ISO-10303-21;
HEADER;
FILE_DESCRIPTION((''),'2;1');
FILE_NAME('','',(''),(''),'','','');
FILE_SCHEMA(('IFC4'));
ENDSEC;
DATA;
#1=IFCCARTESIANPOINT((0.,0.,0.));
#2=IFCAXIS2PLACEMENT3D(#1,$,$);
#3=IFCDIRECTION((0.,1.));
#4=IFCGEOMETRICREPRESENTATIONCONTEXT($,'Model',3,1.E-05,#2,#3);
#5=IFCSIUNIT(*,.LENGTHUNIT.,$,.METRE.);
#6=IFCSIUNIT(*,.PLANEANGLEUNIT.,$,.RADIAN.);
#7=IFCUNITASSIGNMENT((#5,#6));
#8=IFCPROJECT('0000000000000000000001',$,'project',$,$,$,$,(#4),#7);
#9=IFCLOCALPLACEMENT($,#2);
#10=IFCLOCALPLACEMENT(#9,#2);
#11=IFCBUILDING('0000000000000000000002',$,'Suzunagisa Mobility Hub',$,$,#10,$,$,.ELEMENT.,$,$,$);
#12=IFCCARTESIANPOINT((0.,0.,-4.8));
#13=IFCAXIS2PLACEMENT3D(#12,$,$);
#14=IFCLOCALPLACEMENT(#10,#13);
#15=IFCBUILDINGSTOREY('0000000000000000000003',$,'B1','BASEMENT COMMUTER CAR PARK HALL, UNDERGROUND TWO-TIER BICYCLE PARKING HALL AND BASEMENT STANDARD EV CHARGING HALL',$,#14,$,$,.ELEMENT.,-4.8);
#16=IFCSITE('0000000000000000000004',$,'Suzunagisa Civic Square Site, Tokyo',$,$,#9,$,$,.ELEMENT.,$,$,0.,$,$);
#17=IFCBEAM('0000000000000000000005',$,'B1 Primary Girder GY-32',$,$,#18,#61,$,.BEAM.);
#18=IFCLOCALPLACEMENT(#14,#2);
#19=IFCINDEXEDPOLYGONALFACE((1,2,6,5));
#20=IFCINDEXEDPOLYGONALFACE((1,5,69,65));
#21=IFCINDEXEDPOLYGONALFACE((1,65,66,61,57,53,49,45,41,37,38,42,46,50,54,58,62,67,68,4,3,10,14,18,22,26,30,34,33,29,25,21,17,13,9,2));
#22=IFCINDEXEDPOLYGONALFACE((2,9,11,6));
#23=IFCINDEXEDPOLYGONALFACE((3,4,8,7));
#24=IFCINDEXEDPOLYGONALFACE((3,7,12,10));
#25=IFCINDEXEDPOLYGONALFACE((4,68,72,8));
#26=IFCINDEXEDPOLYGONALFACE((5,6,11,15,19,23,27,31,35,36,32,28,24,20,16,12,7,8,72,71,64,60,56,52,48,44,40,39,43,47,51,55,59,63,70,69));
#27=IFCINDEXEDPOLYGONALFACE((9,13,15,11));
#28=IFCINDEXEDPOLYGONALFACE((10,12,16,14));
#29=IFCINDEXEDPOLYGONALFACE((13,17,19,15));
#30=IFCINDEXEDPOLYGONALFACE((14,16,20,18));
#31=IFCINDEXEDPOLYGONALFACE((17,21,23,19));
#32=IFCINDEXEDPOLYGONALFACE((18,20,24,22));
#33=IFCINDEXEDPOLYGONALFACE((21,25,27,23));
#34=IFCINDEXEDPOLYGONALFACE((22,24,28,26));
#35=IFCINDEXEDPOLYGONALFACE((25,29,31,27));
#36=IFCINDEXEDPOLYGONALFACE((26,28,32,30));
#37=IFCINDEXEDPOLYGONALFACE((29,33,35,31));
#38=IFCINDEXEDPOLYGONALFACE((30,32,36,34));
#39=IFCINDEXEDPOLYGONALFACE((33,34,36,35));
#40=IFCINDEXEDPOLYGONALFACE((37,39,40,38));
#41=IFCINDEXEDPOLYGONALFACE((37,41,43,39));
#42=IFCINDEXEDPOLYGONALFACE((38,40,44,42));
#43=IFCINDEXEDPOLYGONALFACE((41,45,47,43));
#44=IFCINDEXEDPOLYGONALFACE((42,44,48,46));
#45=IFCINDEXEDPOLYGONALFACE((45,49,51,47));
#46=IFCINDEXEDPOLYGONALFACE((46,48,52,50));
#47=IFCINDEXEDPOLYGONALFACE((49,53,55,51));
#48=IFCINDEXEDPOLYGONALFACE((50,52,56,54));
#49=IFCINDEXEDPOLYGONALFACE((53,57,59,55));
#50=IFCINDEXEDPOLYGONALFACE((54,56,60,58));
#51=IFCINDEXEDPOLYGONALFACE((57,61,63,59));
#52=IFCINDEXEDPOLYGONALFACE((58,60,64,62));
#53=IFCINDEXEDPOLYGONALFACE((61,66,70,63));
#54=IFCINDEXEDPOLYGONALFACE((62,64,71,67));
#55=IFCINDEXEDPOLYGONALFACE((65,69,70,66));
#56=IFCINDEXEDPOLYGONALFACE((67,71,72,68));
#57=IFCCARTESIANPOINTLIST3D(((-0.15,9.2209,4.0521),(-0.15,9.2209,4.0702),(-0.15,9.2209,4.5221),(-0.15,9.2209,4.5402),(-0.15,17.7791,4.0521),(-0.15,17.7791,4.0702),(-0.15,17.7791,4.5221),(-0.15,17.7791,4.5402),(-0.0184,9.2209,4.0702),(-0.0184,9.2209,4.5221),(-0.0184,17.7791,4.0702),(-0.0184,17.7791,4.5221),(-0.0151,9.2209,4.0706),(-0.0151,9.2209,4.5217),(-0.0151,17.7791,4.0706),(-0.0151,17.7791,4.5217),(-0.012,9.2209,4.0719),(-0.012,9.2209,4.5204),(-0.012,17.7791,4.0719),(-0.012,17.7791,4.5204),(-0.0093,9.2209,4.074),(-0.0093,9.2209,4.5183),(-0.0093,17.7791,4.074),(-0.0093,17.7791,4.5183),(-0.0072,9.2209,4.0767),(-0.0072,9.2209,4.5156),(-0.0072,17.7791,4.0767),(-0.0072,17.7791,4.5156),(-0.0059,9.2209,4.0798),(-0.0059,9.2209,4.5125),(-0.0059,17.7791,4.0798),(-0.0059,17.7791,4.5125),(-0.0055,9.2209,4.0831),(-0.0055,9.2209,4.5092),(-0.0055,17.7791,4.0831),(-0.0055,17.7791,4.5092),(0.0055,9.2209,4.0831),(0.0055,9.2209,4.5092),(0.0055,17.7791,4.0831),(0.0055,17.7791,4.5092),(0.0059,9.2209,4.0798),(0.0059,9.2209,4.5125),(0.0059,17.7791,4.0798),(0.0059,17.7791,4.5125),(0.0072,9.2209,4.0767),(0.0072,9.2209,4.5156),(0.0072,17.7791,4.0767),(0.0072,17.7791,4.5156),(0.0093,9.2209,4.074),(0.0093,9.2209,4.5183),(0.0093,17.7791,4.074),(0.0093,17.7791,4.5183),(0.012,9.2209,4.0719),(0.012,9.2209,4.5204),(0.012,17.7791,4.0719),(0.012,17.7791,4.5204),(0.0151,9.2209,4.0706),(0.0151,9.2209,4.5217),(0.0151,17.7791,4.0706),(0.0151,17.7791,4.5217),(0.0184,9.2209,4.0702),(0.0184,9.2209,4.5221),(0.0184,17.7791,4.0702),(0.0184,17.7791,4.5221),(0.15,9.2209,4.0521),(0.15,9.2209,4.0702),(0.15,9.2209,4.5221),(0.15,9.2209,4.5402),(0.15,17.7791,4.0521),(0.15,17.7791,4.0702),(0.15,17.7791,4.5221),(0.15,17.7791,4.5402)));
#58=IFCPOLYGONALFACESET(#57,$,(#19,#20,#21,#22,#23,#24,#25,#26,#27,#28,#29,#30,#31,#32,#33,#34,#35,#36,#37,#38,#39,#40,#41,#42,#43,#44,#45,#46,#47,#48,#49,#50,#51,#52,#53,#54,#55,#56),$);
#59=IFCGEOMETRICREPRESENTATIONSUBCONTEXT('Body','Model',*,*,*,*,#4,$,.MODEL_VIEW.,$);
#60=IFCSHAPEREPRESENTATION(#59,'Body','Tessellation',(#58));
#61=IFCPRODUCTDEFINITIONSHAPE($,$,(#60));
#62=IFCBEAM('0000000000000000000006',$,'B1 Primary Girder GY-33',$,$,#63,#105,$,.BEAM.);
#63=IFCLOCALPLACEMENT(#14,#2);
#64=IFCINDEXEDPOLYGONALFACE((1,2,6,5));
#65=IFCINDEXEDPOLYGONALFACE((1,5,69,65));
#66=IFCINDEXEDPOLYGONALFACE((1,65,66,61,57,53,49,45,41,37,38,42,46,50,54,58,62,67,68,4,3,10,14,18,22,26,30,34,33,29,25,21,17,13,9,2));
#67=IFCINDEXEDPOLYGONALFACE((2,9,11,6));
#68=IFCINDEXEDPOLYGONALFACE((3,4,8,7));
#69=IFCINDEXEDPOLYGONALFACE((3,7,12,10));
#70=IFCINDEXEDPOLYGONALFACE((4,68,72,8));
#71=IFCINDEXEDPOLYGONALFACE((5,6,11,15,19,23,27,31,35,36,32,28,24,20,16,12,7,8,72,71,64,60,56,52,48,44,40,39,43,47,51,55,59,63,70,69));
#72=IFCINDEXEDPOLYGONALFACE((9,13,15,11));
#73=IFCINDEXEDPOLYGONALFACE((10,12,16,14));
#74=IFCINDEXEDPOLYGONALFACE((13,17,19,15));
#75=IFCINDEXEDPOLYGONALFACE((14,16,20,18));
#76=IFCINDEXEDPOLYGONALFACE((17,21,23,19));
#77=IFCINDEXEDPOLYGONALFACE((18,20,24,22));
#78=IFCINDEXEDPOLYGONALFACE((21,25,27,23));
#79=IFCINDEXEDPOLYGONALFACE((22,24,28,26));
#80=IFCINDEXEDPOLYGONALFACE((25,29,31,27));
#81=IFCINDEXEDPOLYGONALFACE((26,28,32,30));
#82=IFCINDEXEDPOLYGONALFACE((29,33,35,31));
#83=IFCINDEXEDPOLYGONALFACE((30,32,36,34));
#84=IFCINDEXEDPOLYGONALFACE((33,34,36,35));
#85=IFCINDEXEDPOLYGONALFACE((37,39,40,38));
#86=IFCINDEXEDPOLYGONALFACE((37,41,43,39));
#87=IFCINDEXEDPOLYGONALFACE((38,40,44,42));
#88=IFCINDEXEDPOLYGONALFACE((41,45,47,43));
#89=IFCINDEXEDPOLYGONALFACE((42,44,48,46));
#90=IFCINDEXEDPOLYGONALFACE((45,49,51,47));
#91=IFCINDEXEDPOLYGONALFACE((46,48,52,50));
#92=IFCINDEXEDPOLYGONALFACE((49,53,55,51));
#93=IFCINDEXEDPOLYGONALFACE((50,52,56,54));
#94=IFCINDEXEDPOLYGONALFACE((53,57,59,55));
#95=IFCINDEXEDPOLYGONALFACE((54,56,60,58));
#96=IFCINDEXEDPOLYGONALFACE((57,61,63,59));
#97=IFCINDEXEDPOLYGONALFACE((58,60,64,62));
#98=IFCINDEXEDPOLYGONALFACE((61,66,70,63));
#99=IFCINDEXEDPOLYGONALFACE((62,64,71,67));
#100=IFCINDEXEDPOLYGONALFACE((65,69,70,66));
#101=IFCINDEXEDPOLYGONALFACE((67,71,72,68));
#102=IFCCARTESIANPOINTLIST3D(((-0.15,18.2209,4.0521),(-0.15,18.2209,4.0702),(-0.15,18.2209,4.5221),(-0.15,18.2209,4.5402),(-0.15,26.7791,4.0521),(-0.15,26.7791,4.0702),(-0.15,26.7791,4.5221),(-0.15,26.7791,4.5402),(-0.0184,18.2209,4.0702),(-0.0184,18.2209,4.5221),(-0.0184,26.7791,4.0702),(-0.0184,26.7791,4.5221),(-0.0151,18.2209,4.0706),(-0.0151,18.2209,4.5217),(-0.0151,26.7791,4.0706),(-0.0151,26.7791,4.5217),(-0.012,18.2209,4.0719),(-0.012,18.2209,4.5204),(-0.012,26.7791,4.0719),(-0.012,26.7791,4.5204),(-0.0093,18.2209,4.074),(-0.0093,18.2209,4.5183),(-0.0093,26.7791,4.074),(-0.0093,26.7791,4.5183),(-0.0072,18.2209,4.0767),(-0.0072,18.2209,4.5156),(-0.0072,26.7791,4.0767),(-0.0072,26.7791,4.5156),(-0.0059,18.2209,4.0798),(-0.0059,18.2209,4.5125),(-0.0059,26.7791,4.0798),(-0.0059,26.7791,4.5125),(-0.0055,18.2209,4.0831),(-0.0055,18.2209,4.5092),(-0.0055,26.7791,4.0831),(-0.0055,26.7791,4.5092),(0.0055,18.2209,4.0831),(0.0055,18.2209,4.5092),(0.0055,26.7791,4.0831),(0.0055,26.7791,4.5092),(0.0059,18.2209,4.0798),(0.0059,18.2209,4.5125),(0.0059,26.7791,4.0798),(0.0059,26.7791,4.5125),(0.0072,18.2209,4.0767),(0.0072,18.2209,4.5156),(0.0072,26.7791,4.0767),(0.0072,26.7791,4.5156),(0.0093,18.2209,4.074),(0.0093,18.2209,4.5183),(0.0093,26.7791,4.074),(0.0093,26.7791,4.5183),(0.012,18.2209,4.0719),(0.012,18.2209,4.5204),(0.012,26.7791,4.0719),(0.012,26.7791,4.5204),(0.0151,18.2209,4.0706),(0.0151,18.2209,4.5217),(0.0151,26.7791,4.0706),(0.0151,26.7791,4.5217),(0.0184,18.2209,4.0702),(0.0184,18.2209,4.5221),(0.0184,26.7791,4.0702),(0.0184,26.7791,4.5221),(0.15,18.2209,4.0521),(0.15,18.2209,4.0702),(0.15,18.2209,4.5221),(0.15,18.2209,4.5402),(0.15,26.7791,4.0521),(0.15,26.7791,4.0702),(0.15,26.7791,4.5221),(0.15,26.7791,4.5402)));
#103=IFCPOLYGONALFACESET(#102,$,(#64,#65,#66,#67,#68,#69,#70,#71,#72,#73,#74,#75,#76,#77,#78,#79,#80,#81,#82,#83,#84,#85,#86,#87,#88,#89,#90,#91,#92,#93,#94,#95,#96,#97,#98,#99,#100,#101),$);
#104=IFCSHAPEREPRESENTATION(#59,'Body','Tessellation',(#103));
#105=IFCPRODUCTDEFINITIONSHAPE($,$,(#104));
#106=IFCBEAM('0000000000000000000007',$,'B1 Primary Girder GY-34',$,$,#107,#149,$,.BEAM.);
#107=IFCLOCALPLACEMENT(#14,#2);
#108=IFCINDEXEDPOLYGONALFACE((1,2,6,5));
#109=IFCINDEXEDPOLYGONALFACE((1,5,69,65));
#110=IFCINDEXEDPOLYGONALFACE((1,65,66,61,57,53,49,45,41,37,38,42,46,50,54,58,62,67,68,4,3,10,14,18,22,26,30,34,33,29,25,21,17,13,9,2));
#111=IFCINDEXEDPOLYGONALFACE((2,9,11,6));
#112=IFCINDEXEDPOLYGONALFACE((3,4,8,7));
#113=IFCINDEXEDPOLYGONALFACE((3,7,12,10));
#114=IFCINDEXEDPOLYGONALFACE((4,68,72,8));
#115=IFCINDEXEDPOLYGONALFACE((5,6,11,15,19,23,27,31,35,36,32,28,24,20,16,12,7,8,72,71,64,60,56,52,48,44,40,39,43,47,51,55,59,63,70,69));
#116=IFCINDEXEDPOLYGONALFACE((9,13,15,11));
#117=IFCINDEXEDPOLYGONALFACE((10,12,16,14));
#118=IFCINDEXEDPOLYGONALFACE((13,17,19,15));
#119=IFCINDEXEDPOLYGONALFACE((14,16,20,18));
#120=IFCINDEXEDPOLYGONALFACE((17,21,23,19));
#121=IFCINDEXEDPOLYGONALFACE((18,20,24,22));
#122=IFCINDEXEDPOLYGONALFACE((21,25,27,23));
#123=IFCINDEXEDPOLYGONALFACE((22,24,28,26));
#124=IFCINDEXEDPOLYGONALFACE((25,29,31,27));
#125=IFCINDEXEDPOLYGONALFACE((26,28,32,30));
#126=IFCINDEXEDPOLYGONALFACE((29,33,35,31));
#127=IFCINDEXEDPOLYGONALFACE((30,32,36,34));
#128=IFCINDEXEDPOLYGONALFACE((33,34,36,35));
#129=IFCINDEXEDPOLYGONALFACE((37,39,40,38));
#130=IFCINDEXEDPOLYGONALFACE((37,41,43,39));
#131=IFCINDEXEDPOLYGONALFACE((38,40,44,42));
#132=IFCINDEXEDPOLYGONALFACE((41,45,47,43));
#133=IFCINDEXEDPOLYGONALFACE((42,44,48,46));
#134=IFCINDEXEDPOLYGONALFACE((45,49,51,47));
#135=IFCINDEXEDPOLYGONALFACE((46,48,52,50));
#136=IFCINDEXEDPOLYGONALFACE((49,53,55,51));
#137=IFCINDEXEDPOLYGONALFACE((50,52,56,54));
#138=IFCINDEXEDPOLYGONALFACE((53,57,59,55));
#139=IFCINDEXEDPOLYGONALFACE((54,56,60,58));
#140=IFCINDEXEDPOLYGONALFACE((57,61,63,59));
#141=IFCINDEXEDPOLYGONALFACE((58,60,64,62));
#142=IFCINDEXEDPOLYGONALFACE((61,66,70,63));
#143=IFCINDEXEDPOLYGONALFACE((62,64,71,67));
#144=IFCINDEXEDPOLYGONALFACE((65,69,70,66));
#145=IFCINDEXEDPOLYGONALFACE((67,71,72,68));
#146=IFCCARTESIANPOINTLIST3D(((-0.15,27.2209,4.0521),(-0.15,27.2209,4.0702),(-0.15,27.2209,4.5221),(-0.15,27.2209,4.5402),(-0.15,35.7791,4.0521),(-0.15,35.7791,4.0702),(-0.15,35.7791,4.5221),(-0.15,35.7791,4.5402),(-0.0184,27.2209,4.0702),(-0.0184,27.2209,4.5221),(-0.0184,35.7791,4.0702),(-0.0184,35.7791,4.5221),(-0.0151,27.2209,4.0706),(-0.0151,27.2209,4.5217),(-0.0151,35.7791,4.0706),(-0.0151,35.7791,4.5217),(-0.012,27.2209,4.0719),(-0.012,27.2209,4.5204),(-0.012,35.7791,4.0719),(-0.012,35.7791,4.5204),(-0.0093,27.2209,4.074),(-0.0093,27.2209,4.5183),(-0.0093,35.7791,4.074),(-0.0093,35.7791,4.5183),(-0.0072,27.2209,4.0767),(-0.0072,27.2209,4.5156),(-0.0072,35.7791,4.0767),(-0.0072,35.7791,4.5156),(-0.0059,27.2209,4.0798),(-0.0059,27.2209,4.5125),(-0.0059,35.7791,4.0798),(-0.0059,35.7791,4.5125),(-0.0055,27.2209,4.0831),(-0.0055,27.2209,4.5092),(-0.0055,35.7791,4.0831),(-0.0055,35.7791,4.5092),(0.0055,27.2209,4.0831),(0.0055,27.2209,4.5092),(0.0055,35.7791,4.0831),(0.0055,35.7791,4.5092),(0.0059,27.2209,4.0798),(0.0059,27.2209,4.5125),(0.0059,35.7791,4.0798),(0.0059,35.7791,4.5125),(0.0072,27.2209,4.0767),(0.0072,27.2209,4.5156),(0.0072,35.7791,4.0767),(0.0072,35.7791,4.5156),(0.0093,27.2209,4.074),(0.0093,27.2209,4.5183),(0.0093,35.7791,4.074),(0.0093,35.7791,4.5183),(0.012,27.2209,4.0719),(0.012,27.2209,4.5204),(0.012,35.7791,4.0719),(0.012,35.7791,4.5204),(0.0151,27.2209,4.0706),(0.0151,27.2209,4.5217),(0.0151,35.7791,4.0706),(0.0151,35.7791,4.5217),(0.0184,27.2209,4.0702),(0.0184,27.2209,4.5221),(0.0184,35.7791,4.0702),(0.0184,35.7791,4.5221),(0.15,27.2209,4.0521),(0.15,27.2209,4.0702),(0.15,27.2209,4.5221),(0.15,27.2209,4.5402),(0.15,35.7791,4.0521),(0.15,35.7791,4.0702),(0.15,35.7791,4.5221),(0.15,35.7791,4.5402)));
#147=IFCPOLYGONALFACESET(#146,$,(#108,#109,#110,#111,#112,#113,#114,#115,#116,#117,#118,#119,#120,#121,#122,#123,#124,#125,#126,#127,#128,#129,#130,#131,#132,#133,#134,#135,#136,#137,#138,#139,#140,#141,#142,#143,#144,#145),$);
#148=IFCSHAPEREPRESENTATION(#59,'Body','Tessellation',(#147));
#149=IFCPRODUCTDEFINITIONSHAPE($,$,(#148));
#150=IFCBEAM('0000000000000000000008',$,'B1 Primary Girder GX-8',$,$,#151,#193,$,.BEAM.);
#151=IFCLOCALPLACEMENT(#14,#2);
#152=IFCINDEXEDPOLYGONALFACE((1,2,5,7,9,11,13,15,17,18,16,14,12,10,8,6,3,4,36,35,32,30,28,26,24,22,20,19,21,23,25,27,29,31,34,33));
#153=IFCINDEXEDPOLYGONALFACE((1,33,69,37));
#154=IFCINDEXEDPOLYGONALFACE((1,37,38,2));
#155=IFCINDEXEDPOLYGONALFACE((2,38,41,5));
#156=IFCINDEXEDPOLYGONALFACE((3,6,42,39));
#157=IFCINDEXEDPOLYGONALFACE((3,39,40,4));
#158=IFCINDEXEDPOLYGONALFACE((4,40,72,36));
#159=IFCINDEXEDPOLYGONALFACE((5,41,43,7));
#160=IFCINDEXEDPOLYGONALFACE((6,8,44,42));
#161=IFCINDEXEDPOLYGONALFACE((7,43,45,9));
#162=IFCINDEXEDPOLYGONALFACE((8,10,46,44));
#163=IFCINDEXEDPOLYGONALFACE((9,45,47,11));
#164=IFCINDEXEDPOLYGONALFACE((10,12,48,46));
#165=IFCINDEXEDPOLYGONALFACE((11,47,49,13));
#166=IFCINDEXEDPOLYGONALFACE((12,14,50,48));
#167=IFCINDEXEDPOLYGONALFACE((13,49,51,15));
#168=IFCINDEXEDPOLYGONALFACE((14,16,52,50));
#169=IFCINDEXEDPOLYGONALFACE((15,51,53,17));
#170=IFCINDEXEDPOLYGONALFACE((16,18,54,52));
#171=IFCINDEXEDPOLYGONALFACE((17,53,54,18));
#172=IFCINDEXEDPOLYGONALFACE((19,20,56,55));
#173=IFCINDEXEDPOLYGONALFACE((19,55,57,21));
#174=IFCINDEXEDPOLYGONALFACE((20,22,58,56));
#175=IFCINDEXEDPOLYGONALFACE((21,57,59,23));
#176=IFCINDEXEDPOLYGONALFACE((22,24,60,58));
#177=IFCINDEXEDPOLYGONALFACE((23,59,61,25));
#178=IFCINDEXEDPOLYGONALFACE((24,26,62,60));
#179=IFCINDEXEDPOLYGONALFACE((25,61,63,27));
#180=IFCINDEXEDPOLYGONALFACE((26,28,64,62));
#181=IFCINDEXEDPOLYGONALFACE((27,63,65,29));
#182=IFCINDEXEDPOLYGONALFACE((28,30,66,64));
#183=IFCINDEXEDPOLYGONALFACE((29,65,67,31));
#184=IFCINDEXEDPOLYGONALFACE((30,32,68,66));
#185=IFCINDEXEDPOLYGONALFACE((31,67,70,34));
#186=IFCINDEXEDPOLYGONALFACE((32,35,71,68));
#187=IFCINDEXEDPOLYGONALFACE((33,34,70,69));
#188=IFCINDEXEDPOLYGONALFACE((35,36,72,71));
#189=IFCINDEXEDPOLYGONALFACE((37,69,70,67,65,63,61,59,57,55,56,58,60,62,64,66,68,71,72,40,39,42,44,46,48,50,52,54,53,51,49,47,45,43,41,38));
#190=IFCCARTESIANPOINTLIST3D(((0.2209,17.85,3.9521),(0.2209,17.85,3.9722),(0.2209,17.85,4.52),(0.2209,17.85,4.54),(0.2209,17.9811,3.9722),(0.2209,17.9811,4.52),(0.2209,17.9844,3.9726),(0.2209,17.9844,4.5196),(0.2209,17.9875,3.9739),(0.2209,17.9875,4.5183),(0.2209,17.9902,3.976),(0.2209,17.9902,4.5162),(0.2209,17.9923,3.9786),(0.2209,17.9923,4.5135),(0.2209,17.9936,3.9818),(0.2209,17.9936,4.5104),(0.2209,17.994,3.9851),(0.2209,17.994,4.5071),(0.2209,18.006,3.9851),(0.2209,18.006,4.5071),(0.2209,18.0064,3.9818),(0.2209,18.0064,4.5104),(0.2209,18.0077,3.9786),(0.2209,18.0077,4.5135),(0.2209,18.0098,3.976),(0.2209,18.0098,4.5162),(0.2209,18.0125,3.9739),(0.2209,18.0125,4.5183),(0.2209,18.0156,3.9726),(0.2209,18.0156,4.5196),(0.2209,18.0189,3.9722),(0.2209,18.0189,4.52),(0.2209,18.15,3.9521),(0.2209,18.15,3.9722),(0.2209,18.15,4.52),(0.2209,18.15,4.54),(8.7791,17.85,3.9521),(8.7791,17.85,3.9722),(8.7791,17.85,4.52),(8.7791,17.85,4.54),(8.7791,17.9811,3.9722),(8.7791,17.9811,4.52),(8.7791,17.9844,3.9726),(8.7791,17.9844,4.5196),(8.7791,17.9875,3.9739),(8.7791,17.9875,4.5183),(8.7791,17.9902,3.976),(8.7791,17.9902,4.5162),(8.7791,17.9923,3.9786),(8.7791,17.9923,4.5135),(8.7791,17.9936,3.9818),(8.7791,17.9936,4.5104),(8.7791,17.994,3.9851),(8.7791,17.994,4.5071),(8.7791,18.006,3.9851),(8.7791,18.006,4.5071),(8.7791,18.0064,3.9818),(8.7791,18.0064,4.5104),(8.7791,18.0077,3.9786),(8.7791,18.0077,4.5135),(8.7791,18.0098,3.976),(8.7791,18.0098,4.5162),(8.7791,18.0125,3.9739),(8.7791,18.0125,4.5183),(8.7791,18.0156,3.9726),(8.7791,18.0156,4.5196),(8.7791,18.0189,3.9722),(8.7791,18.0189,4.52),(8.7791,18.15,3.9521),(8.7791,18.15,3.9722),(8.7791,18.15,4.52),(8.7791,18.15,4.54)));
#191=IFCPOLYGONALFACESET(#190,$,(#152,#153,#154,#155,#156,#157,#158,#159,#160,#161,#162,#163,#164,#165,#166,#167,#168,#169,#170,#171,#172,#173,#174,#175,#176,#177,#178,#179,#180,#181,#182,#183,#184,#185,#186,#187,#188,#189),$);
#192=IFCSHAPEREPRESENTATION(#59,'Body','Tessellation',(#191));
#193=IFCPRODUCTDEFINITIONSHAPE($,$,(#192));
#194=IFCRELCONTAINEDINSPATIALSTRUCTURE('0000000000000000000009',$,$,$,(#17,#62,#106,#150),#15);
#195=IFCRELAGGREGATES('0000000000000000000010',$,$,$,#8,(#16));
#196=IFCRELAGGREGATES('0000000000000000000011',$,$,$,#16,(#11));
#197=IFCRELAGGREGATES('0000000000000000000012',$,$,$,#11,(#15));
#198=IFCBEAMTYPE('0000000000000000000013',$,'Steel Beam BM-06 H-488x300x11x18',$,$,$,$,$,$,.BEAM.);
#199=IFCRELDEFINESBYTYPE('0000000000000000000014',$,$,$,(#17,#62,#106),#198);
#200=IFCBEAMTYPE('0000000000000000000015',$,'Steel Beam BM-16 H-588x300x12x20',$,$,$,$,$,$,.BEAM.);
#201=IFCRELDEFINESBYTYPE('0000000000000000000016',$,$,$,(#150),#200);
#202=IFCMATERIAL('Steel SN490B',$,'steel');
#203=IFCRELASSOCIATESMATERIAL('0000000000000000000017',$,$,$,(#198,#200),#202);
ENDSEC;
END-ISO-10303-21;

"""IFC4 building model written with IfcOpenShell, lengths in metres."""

from ifc_helpers import new_model, si_unit, direction, frame, origin, origin_2d, place, context, subcontext, project, spatial, i_section, extrude, material, material_profile, profile_set, type_object, element, save


model = new_model("IFC4")

# Units and contexts
model_context = context("Model", 3, precision=1e-05, world=origin(), true_north=direction((0.0, 1.0)))
body_context = subcontext(model_context, "Body", "Model", "MODEL_VIEW")
ifc_project = project(units=[si_unit("LENGTHUNIT", "METRE"), si_unit("PLANEANGLEUNIT", "RADIAN")], contexts=[model_context])

# Site, building, storey
site_placement = place(None, origin())
site = spatial("IfcSite", under=ifc_project, at=site_placement, Name="Suzunagisa Civic Square Site, Tokyo", CompositionType="ELEMENT", RefElevation=0.0)
building_placement = place(site_placement, origin())
building = spatial("IfcBuilding", under=site, at=building_placement, Name="Suzunagisa Mobility Hub", CompositionType="ELEMENT")
storey_placement = place(building_placement, frame((0.0, 0.0, -4.8)))
storey = spatial("IfcBuildingStorey", under=building, at=storey_placement, Name="B1", Description="BASEMENT COMMUTER CAR PARK HALL, UNDERGROUND TWO-TIER BICYCLE PARKING HALL AND BASEMENT STANDARD EV CHARGING HALL", CompositionType="ELEMENT", Elevation=-4.8)

# Shared definitions
ifc_material_1 = material(Name="Steel SN490B", Category="steel")

# Beams
ifc_material_profile_1 = material_profile(ifc_material_1, i_section(OverallWidth=0.3, OverallDepth=0.488, WebThickness=0.011, FlangeThickness=0.0181, FilletRadius=0.0129, at=origin_2d()), Name="H-488x300x11x18")
ifc_profile_set_1 = profile_set([ifc_material_profile_1], Name="Steel SN490B")
beam_type_1 = type_object("IfcBeamType", Name="Steel Beam BM-06 H-488x300x11x18", PredefinedType="BEAM", material=ifc_profile_set_1)
for number, where, z_axis, x_axis, name in (
    (1, (0.0, 9.2209, 4.2961), (0.0, 1.0, 0.0), (-1.0, 0.0, 0.0), "B1 Primary Girder GY-32"),
    (2, (0.0, 18.2209, 4.2961), (0.0, 1.0, 0.0), (-1.0, 0.0, 0.0), "B1 Primary Girder GY-33"),
    (3, (0.0, 27.2209, 4.2961), (0.0, 1.0, 0.0), (-1.0, 0.0, 0.0), "B1 Primary Girder GY-34"),
):
    element("IfcBeam", number, at=place(storey_placement, frame(where, z_axis=z_axis, x_axis=x_axis)), inside=storey, type_object=beam_type_1, Name=name, PredefinedType="BEAM", context=body_context, shape_type="SweptSolid", body=[
        extrude(i_section(OverallWidth=0.3, OverallDepth=0.488, WebThickness=0.011, FlangeThickness=0.0181, FilletRadius=0.0129, at=origin_2d()), origin(), (0.0, 0.0, 1.0), 8.5581),
    ])
ifc_material_profile_2 = material_profile(ifc_material_1, i_section(OverallWidth=0.3, OverallDepth=0.5879, WebThickness=0.012, FlangeThickness=0.02, FilletRadius=0.0129, at=origin_2d()), Name="H-588x300x12x20")
ifc_profile_set_2 = profile_set([ifc_material_profile_2], Name="Steel SN490B")
beam_type_2 = type_object("IfcBeamType", Name="Steel Beam BM-16 H-588x300x12x20", PredefinedType="BEAM", material=ifc_profile_set_2)
for number, where, z_axis, x_axis, name in (
    (4, (0.2209, 18.0, 4.2461), (1.0, 0.0, 0.0), (0.0, 1.0, 0.0), "B1 Primary Girder GX-8"),
):
    element("IfcBeam", number, at=place(storey_placement, frame(where, z_axis=z_axis, x_axis=x_axis)), inside=storey, type_object=beam_type_2, Name=name, PredefinedType="BEAM", context=body_context, shape_type="SweptSolid", body=[
        extrude(i_section(OverallWidth=0.3, OverallDepth=0.5879, WebThickness=0.012, FlangeThickness=0.02, FilletRadius=0.0129, at=origin_2d()), origin(), (0.0, 0.0, 1.0), 8.5581),
    ])

save(model, "model.ifc")
